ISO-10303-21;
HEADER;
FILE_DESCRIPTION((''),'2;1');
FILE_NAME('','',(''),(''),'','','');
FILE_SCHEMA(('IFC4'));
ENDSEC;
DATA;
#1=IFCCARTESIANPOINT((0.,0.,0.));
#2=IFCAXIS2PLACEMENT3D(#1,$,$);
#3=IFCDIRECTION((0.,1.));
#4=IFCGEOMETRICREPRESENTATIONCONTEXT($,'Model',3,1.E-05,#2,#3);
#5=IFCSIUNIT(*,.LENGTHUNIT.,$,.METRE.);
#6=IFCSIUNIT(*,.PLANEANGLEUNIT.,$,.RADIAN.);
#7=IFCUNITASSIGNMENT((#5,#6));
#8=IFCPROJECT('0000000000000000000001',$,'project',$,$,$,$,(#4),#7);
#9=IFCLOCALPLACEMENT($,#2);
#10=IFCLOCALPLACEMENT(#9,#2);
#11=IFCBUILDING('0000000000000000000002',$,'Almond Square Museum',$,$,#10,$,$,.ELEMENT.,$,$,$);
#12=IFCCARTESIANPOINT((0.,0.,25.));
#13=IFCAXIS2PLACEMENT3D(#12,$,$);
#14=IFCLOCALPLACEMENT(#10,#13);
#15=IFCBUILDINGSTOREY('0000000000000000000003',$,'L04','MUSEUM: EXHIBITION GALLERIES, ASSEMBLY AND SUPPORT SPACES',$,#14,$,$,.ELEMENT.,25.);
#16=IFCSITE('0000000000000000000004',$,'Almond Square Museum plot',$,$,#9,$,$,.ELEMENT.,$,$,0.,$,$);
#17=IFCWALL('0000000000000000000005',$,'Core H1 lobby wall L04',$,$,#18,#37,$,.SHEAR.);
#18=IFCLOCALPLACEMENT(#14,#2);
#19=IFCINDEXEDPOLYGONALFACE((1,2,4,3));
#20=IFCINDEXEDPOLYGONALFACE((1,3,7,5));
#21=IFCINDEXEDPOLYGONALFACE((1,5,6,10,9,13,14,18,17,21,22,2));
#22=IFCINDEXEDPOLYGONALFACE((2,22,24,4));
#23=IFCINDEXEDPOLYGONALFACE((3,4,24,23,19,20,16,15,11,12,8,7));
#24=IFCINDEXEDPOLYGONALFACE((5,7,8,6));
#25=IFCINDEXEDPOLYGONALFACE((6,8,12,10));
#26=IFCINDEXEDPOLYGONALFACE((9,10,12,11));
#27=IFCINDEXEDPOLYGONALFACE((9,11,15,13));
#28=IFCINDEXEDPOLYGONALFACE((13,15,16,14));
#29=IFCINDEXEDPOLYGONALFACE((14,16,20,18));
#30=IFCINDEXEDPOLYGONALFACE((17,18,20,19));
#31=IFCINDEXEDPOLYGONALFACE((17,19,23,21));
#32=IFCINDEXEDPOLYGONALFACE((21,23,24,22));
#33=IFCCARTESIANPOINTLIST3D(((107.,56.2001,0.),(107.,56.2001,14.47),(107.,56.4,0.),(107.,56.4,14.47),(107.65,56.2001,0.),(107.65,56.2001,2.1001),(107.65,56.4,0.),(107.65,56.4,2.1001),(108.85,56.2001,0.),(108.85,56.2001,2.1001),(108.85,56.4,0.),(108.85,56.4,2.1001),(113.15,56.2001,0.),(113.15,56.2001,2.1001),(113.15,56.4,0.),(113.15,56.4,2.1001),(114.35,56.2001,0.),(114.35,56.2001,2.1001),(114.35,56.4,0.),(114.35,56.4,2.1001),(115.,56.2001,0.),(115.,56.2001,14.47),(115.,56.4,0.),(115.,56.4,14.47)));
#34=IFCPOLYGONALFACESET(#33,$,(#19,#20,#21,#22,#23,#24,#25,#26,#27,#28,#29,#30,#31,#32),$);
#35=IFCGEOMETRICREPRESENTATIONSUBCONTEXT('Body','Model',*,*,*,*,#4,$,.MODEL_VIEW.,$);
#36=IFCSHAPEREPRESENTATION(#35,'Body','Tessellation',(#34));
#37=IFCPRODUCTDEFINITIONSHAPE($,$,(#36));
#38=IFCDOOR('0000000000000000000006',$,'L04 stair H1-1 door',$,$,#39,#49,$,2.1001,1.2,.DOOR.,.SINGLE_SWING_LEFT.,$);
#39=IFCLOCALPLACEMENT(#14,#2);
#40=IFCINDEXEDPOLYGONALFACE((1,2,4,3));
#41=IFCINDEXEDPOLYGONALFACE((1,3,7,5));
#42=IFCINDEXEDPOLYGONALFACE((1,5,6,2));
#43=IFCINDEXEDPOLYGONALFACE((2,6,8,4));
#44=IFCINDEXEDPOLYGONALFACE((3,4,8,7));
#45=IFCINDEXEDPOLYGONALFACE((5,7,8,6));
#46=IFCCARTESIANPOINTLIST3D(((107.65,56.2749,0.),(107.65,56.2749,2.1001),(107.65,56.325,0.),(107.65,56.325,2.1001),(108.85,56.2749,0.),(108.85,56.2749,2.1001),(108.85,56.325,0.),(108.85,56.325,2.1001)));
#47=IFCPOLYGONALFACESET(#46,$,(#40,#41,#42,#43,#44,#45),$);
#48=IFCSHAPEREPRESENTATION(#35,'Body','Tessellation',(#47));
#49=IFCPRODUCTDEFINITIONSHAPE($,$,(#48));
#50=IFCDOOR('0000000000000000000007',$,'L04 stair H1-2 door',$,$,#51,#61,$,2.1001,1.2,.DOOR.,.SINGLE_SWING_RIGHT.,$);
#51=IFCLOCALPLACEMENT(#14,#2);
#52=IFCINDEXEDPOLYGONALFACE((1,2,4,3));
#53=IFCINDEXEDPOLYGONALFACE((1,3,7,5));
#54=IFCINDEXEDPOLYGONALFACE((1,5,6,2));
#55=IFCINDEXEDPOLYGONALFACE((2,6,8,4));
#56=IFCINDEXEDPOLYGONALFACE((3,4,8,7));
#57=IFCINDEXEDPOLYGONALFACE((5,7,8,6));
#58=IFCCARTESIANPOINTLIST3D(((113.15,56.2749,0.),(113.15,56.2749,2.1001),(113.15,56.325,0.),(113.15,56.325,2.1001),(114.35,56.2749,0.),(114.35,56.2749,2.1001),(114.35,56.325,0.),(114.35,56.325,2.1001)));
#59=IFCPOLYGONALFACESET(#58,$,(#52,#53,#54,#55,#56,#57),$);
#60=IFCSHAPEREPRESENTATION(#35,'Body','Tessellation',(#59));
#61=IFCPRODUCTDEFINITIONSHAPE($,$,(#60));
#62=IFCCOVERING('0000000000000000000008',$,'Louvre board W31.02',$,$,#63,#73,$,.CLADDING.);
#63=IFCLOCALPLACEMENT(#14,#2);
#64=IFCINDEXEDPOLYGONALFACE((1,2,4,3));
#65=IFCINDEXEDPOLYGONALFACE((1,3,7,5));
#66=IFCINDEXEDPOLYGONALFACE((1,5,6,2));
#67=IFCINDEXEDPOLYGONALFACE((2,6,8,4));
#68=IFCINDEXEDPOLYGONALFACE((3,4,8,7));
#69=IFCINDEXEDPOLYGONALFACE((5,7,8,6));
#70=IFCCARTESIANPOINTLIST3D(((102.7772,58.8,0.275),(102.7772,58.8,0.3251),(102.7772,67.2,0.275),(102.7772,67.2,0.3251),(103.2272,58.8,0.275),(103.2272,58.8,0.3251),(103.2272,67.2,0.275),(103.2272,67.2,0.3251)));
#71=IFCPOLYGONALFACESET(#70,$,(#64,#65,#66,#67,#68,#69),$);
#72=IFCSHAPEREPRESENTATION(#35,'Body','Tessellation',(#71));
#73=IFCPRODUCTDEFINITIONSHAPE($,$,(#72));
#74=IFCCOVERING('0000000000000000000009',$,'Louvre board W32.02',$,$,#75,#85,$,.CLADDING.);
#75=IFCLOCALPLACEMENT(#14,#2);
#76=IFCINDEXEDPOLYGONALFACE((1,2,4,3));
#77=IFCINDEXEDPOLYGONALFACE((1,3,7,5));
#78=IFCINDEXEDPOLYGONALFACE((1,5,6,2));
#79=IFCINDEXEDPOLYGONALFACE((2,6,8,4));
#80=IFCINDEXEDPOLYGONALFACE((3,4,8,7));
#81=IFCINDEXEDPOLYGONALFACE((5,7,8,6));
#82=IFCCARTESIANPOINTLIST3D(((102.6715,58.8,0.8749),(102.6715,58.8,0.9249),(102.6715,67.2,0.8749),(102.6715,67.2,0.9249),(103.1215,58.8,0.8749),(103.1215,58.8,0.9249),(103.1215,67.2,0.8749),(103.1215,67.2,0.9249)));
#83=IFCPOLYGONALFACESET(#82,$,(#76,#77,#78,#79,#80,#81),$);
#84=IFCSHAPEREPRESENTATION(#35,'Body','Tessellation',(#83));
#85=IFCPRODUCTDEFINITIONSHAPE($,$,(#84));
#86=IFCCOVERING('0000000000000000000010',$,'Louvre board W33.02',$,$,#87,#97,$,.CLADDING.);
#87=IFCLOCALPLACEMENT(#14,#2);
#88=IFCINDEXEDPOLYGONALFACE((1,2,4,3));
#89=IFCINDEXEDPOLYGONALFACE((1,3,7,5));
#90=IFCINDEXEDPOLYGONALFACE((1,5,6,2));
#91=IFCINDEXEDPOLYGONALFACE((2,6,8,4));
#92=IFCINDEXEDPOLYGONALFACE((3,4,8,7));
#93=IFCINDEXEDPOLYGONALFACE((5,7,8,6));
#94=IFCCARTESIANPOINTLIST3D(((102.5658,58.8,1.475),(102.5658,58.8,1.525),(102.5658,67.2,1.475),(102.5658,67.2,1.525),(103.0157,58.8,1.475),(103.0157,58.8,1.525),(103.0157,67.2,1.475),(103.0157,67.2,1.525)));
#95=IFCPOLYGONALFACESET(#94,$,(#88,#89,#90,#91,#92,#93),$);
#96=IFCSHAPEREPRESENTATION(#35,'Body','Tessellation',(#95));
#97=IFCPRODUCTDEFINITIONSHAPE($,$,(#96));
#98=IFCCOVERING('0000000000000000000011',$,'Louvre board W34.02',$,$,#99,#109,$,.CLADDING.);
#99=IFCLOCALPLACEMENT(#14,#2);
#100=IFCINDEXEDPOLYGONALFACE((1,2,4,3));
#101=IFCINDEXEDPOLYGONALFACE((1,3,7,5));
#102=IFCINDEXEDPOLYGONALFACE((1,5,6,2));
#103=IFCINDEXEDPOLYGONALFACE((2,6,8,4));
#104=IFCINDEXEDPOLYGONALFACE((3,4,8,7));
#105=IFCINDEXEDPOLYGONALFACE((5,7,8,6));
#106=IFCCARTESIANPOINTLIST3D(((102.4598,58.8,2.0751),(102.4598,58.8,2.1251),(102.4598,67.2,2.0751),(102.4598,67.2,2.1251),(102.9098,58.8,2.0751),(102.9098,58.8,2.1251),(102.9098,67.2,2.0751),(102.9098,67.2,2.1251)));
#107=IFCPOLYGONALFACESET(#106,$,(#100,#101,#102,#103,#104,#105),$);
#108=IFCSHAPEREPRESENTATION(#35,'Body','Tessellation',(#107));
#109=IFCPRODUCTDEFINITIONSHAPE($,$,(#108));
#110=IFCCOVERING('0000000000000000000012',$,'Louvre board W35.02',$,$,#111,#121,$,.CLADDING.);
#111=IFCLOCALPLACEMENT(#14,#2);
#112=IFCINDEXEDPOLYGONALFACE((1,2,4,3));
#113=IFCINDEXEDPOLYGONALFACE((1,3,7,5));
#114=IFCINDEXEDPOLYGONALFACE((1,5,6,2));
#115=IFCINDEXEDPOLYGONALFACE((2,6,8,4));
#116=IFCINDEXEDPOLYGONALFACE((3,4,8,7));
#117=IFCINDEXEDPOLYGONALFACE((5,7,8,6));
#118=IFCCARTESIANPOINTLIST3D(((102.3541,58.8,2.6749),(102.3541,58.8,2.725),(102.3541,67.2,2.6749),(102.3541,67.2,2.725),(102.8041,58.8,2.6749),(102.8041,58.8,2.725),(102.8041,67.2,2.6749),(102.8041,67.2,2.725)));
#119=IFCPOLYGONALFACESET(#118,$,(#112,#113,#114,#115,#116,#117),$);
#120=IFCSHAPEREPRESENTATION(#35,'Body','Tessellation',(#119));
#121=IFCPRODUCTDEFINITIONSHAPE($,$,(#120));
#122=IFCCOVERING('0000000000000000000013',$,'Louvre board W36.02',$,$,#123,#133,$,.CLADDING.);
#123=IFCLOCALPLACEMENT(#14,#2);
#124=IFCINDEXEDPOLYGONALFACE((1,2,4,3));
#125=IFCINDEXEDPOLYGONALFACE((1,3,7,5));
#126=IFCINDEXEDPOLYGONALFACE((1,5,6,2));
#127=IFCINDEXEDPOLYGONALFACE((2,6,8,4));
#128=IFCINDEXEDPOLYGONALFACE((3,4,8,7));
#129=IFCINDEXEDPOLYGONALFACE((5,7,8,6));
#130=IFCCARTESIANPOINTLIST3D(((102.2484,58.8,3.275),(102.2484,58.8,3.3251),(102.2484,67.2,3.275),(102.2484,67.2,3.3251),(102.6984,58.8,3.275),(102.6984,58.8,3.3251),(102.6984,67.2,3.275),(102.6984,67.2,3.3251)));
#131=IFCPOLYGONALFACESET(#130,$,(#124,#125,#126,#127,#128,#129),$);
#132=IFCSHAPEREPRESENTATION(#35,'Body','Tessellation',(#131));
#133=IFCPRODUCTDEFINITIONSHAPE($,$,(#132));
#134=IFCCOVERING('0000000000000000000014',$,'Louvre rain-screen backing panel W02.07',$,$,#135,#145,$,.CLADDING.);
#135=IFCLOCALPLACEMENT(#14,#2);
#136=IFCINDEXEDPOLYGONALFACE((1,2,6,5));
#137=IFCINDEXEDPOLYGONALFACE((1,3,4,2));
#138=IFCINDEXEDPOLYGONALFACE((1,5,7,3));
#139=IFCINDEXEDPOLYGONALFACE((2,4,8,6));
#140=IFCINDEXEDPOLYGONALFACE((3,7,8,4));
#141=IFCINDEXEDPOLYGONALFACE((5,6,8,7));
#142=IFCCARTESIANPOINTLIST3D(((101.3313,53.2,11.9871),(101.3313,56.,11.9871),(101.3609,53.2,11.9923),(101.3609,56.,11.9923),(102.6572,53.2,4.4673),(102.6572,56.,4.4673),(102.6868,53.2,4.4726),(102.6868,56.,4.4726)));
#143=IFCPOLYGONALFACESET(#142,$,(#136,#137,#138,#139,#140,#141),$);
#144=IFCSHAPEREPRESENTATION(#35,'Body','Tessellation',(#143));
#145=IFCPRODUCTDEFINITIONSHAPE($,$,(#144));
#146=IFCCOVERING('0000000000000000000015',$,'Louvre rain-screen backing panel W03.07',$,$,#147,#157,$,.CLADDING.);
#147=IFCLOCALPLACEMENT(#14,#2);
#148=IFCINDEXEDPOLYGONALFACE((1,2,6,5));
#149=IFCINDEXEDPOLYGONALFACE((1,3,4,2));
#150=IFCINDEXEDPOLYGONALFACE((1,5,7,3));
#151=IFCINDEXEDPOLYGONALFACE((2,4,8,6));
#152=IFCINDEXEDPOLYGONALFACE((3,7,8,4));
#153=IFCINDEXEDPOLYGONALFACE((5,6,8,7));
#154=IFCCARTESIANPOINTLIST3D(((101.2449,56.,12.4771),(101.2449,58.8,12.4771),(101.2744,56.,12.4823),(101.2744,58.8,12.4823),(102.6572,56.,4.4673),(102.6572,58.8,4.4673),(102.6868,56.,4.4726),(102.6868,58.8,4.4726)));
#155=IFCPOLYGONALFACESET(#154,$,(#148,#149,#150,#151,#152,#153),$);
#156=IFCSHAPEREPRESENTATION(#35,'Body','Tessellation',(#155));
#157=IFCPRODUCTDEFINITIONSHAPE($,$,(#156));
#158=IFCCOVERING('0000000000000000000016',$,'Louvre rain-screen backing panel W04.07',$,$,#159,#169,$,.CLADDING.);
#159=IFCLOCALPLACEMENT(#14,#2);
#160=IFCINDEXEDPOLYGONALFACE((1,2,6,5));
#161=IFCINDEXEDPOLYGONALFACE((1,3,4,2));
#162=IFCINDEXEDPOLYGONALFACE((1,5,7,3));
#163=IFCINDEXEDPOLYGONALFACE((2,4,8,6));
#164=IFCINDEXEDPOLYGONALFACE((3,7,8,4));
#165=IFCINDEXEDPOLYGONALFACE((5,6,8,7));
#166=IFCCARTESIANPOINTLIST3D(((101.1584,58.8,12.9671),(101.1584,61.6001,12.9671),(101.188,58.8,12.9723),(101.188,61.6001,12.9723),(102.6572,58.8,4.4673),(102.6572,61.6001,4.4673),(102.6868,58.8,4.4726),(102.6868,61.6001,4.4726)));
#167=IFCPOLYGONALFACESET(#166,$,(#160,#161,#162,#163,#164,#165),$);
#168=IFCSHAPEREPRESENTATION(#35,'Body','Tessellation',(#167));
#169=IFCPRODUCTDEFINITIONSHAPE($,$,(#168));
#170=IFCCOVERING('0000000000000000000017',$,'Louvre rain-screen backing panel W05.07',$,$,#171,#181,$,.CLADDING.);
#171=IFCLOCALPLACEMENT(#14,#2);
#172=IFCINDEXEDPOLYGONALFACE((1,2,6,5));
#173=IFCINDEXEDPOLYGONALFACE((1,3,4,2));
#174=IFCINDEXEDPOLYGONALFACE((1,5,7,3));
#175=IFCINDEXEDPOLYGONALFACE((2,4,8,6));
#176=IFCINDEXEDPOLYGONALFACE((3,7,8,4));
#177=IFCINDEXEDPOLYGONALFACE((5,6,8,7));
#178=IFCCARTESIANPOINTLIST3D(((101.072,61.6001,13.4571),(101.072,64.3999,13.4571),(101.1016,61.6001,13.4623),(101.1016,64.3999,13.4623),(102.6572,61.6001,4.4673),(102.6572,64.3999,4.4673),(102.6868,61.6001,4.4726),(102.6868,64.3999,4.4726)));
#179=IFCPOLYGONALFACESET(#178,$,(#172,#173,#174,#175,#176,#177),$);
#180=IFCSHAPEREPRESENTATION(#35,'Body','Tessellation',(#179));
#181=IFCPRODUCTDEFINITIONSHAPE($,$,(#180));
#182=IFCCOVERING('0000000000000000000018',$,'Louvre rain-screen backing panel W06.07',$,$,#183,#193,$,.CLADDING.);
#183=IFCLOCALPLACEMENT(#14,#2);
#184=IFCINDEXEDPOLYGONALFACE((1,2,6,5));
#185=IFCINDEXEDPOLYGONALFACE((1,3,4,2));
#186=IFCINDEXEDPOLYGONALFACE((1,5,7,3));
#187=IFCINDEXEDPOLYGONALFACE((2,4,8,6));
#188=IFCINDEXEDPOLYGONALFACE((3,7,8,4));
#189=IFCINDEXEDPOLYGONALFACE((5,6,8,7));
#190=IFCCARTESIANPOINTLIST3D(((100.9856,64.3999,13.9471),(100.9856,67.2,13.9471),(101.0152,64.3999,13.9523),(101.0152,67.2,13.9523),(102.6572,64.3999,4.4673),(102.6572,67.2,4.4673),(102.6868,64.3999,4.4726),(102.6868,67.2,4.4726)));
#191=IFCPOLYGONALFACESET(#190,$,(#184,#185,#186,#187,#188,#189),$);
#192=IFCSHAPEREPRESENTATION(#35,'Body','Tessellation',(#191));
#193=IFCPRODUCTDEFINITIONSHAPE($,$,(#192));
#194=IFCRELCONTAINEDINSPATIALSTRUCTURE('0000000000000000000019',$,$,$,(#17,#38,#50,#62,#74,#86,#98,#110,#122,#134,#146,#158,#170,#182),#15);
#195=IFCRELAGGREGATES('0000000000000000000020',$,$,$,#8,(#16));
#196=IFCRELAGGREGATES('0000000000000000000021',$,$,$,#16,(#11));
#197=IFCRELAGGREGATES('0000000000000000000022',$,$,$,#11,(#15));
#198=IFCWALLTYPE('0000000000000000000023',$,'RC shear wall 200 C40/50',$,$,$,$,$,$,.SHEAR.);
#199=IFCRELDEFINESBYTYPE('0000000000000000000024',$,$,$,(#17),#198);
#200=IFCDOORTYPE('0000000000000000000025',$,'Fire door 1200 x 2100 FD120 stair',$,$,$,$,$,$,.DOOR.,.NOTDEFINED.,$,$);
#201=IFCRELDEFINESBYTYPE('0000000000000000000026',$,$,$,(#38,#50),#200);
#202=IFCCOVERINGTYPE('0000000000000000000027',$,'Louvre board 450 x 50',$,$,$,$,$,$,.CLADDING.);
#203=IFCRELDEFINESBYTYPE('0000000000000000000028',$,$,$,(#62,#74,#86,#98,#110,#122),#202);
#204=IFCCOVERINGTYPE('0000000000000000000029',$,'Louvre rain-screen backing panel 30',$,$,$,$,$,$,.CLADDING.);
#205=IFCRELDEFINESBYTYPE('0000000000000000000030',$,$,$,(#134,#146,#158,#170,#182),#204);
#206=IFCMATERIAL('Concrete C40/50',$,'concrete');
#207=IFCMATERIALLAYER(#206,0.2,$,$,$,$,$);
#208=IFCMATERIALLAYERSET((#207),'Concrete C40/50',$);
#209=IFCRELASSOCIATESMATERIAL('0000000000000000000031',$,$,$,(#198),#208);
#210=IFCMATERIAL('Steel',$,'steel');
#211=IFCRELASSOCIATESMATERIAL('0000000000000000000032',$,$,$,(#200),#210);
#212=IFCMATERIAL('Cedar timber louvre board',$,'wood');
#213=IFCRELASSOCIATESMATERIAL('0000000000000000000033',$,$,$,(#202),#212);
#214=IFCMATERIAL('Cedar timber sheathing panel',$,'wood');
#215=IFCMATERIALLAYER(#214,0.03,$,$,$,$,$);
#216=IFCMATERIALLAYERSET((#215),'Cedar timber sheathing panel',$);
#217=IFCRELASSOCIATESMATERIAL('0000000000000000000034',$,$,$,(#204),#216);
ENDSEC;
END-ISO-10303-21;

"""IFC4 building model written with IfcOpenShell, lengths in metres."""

from ifc_helpers import new_model, si_unit, direction, frame, frame_2d, origin, origin_2d, place, context, subcontext, project, spatial, polyline, rectangle, outline, extrude, material, layer, layer_set, material_profile, profile_set, type_object, element, fill, save


model = new_model("IFC4")

# Units and contexts
model_context = context("Model", 3, precision=1e-05, world=origin(), true_north=direction((0.0, 1.0)))
body_context = subcontext(model_context, "Body", "Model", "MODEL_VIEW")
ifc_project = project(units=[si_unit("LENGTHUNIT", "METRE"), si_unit("PLANEANGLEUNIT", "RADIAN")], contexts=[model_context])

# Site, building, storey
site_placement = place(None, origin())
site = spatial("IfcSite", under=ifc_project, at=site_placement, Name="Almond Square Museum plot", CompositionType="ELEMENT", RefElevation=0.0)
building_placement = place(site_placement, origin())
building = spatial("IfcBuilding", under=site, at=building_placement, Name="Almond Square Museum", CompositionType="ELEMENT")
storey_placement = place(building_placement, frame((0.0, 0.0, 25.0)))
storey = spatial("IfcBuildingStorey", under=building, at=storey_placement, Name="L04", Description="MUSEUM: EXHIBITION GALLERIES, ASSEMBLY AND SUPPORT SPACES", CompositionType="ELEMENT", Elevation=25.0)

# Shared definitions
ifc_material_1 = material(Name="Concrete C40/50", Category="concrete")
ifc_layer_1 = layer(ifc_material_1, 0.2)
ifc_layer_set_1 = layer_set([ifc_layer_1], Name="Concrete C40/50")
wall_type_1 = type_object("IfcWallType", Name="RC shear wall 200 C40/50", PredefinedType="SHEAR", material=ifc_layer_set_1)

# Wall, openings, doors
wall_1_placement = place(storey_placement, frame((107.0, 56.3, 0.0), z_axis=(0.0, 0.0, 1.0), x_axis=(1.0, 0.0, 0.0)))
wall_1 = element("IfcWall", 1, at=wall_1_placement, inside=storey, type_object=wall_type_1, Name="Core H1 lobby wall L04", PredefinedType="SHEAR", context=body_context, shape_type="SweptSolid", body=[
    extrude(rectangle(XDim=8.0, YDim=0.2, at=frame_2d((4.0, 0.0))), origin(), (0.0, 0.0, 1.0), 14.47),
])
opening_1_placement = place(wall_1_placement, frame((0.6499, 0.0, 0.0)))
opening_1 = element("IfcOpeningElement", 2, at=opening_1_placement, cuts=wall_1, PredefinedType="OPENING", context=body_context, shape_type="SweptSolid", body=[
    extrude(rectangle(XDim=1.2, YDim=2.1001, at=frame_2d((0.6001, 1.05))), frame((0.0, 0.1099, 0.0), z_axis=(0.0, -1.0, 0.0), x_axis=(1.0, 0.0, 0.0)), (0.0, 0.0, 1.0), 0.22),
])
opening_2_placement = place(wall_1_placement, frame((6.1499, 0.0, 0.0)))
opening_2 = element("IfcOpeningElement", 3, at=opening_2_placement, cuts=wall_1, PredefinedType="OPENING", context=body_context, shape_type="SweptSolid", body=[
    extrude(rectangle(XDim=1.2, YDim=2.1001, at=frame_2d((0.6001, 1.05))), frame((0.0, 0.1099, 0.0), z_axis=(0.0, -1.0, 0.0), x_axis=(1.0, 0.0, 0.0)), (0.0, 0.0, 1.0), 0.22),
])
ifc_material_2 = material(Name="Steel", Category="steel")
door_type_1 = type_object("IfcDoorType", Name="Fire door 1200 x 2100 FD120 stair", OperationType="NOTDEFINED", PredefinedType="DOOR", material=ifc_material_2)
door_1_placement = place(opening_1_placement, origin())
door_1 = element("IfcDoor", 4, at=door_1_placement, inside=storey, type_object=door_type_1, Name="L04 stair H1-1 door", OperationType="SINGLE_SWING_LEFT", OverallHeight=2.1001, OverallWidth=1.2, PredefinedType="DOOR", context=body_context, shape_type="SweptSolid", body=[
    extrude(rectangle(XDim=1.2, YDim=2.1001, at=frame_2d((0.6001, 1.05))), frame((0.0, 0.0249, 0.0), z_axis=(0.0, -1.0, 0.0), x_axis=(1.0, 0.0, 0.0)), (0.0, 0.0, 1.0), 0.05),
])
fill(opening_1, door_1)
door_2_placement = place(opening_2_placement, origin())
door_2 = element("IfcDoor", 5, at=door_2_placement, inside=storey, type_object=door_type_1, Name="L04 stair H1-2 door", OperationType="SINGLE_SWING_RIGHT", OverallHeight=2.1001, OverallWidth=1.2, PredefinedType="DOOR", context=body_context, shape_type="SweptSolid", body=[
    extrude(rectangle(XDim=1.2, YDim=2.1001, at=frame_2d((0.6001, 1.05))), frame((0.0, 0.0249, 0.0), z_axis=(0.0, -1.0, 0.0), x_axis=(1.0, 0.0, 0.0)), (0.0, 0.0, 1.0), 0.05),
])
fill(opening_2, door_2)

# Coverings
ifc_material_3 = material(Name="Cedar timber louvre board", Category="wood")
ifc_material_profile_1 = material_profile(ifc_material_3, rectangle(XDim=0.45, YDim=0.05, at=origin_2d()))
ifc_profile_set_1 = profile_set([ifc_material_profile_1], Name="Cedar timber louvre board")
covering_type_1 = type_object("IfcCoveringType", Name="Louvre board 450 x 50", PredefinedType="CLADDING", material=ifc_profile_set_1)
for number, where, z_axis, x_axis, name in (
    (6, (103.0022, 58.8, 0.3), (0.0, 1.0, 0.0), (-1.0, 0.0, 0.0), "Louvre board W31.02"),
    (7, (102.8965, 58.8, 0.8999), (0.0, 1.0, 0.0), (-1.0, 0.0, 0.0), "Louvre board W32.02"),
    (8, (102.7908, 58.8, 1.5), (0.0, 1.0, 0.0), (-1.0, 0.0, 0.0), "Louvre board W33.02"),
    (9, (102.6848, 58.8, 2.1001), (0.0, 1.0, 0.0), (-1.0, 0.0, 0.0), "Louvre board W34.02"),
    (10, (102.5791, 58.8, 2.7), (0.0, 1.0, 0.0), (-1.0, 0.0, 0.0), "Louvre board W35.02"),
    (11, (102.4734, 58.8, 3.3), (0.0, 1.0, 0.0), (-1.0, 0.0, 0.0), "Louvre board W36.02"),
):
    element("IfcCovering", number, at=place(storey_placement, frame(where, z_axis=z_axis, x_axis=x_axis)), inside=storey, type_object=covering_type_1, Name=name, PredefinedType="CLADDING", context=body_context, shape_type="SweptSolid", body=[
        extrude(rectangle(XDim=0.45, YDim=0.05, at=origin_2d()), origin(), (0.0, 0.0, 1.0), 8.3999),
    ])
ifc_material_4 = material(Name="Cedar timber sheathing panel", Category="wood")
ifc_layer_2 = layer(ifc_material_4, 0.03)
ifc_layer_set_2 = layer_set([ifc_layer_2], Name="Cedar timber sheathing panel")
covering_type_2 = type_object("IfcCoveringType", Name="Louvre rain-screen backing panel 30", PredefinedType="CLADDING", material=ifc_layer_set_2)
covering_1_placement = place(storey_placement, frame((102.6721, 53.2, 4.47), z_axis=(0.984808, 0.0, 0.173647), x_axis=(0.0, 1.0, 0.0)))
element("IfcCovering", 12, at=covering_1_placement, inside=storey, type_object=covering_type_2, Name="Louvre rain-screen backing panel W02.07", PredefinedType="CLADDING", context=body_context, shape_type="SweptSolid", body=[
    extrude(outline(polyline([(0.0, 0.0), (2.8, 0.0), (2.8, 7.6358), (0.0, 7.6358), (0.0, 0.0)])), frame((0.0, 0.0, -0.0151)), (0.0, 0.0, 1.0), 0.03),
])
covering_2_placement = place(storey_placement, frame((102.6721, 56.0, 4.47), z_axis=(0.984807, 0.0, 0.17365), x_axis=(0.0, 1.0, 0.0)))
element("IfcCovering", 13, at=covering_2_placement, inside=storey, type_object=covering_type_2, Name="Louvre rain-screen backing panel W03.07", PredefinedType="CLADDING", context=body_context, shape_type="SweptSolid", body=[
    extrude(outline(polyline([(0.0, 0.0), (2.8, 0.0), (2.8, 8.1333), (0.0, 8.1333), (0.0, 0.0)])), frame((0.0, 0.0, -0.0151)), (0.0, 0.0, 1.0), 0.03),
])
covering_3_placement = place(storey_placement, frame((102.6721, 58.8, 4.47), z_axis=(0.984807, 0.0, 0.173653), x_axis=(0.0, 1.0, 0.0)))
element("IfcCovering", 14, at=covering_3_placement, inside=storey, type_object=covering_type_2, Name="Louvre rain-screen backing panel W04.07", PredefinedType="CLADDING", context=body_context, shape_type="SweptSolid", body=[
    extrude(outline(polyline([(0.0, 0.0), (2.8, 0.0), (2.8, 8.6309), (0.0, 8.6309), (0.0, 0.0)])), frame((0.0, 0.0, -0.0151)), (0.0, 0.0, 1.0), 0.03),
])
covering_4_placement = place(storey_placement, frame((102.6721, 61.6001, 4.47), z_axis=(0.984806, 0.0, 0.173656), x_axis=(0.0, 1.0, 0.0)))
element("IfcCovering", 15, at=covering_4_placement, inside=storey, type_object=covering_type_2, Name="Louvre rain-screen backing panel W05.07", PredefinedType="CLADDING", context=body_context, shape_type="SweptSolid", body=[
    extrude(outline(polyline([(0.0, 0.0), (2.7998, 0.0), (2.7998, 9.1284), (0.0, 9.1284), (0.0, 0.0)])), frame((0.0, 0.0, -0.0151)), (0.0, 0.0, 1.0), 0.03),
])
covering_5_placement = place(storey_placement, frame((102.6721, 64.3999, 4.47), z_axis=(0.984806, 0.0, 0.173658), x_axis=(0.0, 1.0, 0.0)))
element("IfcCovering", 16, at=covering_5_placement, inside=storey, type_object=covering_type_2, Name="Louvre rain-screen backing panel W06.07", PredefinedType="CLADDING", context=body_context, shape_type="SweptSolid", body=[
    extrude(outline(polyline([(0.0, 0.0), (2.8, 0.0), (2.8, 9.626), (0.0, 9.626), (0.0, 0.0)])), frame((0.0, 0.0, -0.0151)), (0.0, 0.0, 1.0), 0.03),
])

save(model, "model.ifc")
